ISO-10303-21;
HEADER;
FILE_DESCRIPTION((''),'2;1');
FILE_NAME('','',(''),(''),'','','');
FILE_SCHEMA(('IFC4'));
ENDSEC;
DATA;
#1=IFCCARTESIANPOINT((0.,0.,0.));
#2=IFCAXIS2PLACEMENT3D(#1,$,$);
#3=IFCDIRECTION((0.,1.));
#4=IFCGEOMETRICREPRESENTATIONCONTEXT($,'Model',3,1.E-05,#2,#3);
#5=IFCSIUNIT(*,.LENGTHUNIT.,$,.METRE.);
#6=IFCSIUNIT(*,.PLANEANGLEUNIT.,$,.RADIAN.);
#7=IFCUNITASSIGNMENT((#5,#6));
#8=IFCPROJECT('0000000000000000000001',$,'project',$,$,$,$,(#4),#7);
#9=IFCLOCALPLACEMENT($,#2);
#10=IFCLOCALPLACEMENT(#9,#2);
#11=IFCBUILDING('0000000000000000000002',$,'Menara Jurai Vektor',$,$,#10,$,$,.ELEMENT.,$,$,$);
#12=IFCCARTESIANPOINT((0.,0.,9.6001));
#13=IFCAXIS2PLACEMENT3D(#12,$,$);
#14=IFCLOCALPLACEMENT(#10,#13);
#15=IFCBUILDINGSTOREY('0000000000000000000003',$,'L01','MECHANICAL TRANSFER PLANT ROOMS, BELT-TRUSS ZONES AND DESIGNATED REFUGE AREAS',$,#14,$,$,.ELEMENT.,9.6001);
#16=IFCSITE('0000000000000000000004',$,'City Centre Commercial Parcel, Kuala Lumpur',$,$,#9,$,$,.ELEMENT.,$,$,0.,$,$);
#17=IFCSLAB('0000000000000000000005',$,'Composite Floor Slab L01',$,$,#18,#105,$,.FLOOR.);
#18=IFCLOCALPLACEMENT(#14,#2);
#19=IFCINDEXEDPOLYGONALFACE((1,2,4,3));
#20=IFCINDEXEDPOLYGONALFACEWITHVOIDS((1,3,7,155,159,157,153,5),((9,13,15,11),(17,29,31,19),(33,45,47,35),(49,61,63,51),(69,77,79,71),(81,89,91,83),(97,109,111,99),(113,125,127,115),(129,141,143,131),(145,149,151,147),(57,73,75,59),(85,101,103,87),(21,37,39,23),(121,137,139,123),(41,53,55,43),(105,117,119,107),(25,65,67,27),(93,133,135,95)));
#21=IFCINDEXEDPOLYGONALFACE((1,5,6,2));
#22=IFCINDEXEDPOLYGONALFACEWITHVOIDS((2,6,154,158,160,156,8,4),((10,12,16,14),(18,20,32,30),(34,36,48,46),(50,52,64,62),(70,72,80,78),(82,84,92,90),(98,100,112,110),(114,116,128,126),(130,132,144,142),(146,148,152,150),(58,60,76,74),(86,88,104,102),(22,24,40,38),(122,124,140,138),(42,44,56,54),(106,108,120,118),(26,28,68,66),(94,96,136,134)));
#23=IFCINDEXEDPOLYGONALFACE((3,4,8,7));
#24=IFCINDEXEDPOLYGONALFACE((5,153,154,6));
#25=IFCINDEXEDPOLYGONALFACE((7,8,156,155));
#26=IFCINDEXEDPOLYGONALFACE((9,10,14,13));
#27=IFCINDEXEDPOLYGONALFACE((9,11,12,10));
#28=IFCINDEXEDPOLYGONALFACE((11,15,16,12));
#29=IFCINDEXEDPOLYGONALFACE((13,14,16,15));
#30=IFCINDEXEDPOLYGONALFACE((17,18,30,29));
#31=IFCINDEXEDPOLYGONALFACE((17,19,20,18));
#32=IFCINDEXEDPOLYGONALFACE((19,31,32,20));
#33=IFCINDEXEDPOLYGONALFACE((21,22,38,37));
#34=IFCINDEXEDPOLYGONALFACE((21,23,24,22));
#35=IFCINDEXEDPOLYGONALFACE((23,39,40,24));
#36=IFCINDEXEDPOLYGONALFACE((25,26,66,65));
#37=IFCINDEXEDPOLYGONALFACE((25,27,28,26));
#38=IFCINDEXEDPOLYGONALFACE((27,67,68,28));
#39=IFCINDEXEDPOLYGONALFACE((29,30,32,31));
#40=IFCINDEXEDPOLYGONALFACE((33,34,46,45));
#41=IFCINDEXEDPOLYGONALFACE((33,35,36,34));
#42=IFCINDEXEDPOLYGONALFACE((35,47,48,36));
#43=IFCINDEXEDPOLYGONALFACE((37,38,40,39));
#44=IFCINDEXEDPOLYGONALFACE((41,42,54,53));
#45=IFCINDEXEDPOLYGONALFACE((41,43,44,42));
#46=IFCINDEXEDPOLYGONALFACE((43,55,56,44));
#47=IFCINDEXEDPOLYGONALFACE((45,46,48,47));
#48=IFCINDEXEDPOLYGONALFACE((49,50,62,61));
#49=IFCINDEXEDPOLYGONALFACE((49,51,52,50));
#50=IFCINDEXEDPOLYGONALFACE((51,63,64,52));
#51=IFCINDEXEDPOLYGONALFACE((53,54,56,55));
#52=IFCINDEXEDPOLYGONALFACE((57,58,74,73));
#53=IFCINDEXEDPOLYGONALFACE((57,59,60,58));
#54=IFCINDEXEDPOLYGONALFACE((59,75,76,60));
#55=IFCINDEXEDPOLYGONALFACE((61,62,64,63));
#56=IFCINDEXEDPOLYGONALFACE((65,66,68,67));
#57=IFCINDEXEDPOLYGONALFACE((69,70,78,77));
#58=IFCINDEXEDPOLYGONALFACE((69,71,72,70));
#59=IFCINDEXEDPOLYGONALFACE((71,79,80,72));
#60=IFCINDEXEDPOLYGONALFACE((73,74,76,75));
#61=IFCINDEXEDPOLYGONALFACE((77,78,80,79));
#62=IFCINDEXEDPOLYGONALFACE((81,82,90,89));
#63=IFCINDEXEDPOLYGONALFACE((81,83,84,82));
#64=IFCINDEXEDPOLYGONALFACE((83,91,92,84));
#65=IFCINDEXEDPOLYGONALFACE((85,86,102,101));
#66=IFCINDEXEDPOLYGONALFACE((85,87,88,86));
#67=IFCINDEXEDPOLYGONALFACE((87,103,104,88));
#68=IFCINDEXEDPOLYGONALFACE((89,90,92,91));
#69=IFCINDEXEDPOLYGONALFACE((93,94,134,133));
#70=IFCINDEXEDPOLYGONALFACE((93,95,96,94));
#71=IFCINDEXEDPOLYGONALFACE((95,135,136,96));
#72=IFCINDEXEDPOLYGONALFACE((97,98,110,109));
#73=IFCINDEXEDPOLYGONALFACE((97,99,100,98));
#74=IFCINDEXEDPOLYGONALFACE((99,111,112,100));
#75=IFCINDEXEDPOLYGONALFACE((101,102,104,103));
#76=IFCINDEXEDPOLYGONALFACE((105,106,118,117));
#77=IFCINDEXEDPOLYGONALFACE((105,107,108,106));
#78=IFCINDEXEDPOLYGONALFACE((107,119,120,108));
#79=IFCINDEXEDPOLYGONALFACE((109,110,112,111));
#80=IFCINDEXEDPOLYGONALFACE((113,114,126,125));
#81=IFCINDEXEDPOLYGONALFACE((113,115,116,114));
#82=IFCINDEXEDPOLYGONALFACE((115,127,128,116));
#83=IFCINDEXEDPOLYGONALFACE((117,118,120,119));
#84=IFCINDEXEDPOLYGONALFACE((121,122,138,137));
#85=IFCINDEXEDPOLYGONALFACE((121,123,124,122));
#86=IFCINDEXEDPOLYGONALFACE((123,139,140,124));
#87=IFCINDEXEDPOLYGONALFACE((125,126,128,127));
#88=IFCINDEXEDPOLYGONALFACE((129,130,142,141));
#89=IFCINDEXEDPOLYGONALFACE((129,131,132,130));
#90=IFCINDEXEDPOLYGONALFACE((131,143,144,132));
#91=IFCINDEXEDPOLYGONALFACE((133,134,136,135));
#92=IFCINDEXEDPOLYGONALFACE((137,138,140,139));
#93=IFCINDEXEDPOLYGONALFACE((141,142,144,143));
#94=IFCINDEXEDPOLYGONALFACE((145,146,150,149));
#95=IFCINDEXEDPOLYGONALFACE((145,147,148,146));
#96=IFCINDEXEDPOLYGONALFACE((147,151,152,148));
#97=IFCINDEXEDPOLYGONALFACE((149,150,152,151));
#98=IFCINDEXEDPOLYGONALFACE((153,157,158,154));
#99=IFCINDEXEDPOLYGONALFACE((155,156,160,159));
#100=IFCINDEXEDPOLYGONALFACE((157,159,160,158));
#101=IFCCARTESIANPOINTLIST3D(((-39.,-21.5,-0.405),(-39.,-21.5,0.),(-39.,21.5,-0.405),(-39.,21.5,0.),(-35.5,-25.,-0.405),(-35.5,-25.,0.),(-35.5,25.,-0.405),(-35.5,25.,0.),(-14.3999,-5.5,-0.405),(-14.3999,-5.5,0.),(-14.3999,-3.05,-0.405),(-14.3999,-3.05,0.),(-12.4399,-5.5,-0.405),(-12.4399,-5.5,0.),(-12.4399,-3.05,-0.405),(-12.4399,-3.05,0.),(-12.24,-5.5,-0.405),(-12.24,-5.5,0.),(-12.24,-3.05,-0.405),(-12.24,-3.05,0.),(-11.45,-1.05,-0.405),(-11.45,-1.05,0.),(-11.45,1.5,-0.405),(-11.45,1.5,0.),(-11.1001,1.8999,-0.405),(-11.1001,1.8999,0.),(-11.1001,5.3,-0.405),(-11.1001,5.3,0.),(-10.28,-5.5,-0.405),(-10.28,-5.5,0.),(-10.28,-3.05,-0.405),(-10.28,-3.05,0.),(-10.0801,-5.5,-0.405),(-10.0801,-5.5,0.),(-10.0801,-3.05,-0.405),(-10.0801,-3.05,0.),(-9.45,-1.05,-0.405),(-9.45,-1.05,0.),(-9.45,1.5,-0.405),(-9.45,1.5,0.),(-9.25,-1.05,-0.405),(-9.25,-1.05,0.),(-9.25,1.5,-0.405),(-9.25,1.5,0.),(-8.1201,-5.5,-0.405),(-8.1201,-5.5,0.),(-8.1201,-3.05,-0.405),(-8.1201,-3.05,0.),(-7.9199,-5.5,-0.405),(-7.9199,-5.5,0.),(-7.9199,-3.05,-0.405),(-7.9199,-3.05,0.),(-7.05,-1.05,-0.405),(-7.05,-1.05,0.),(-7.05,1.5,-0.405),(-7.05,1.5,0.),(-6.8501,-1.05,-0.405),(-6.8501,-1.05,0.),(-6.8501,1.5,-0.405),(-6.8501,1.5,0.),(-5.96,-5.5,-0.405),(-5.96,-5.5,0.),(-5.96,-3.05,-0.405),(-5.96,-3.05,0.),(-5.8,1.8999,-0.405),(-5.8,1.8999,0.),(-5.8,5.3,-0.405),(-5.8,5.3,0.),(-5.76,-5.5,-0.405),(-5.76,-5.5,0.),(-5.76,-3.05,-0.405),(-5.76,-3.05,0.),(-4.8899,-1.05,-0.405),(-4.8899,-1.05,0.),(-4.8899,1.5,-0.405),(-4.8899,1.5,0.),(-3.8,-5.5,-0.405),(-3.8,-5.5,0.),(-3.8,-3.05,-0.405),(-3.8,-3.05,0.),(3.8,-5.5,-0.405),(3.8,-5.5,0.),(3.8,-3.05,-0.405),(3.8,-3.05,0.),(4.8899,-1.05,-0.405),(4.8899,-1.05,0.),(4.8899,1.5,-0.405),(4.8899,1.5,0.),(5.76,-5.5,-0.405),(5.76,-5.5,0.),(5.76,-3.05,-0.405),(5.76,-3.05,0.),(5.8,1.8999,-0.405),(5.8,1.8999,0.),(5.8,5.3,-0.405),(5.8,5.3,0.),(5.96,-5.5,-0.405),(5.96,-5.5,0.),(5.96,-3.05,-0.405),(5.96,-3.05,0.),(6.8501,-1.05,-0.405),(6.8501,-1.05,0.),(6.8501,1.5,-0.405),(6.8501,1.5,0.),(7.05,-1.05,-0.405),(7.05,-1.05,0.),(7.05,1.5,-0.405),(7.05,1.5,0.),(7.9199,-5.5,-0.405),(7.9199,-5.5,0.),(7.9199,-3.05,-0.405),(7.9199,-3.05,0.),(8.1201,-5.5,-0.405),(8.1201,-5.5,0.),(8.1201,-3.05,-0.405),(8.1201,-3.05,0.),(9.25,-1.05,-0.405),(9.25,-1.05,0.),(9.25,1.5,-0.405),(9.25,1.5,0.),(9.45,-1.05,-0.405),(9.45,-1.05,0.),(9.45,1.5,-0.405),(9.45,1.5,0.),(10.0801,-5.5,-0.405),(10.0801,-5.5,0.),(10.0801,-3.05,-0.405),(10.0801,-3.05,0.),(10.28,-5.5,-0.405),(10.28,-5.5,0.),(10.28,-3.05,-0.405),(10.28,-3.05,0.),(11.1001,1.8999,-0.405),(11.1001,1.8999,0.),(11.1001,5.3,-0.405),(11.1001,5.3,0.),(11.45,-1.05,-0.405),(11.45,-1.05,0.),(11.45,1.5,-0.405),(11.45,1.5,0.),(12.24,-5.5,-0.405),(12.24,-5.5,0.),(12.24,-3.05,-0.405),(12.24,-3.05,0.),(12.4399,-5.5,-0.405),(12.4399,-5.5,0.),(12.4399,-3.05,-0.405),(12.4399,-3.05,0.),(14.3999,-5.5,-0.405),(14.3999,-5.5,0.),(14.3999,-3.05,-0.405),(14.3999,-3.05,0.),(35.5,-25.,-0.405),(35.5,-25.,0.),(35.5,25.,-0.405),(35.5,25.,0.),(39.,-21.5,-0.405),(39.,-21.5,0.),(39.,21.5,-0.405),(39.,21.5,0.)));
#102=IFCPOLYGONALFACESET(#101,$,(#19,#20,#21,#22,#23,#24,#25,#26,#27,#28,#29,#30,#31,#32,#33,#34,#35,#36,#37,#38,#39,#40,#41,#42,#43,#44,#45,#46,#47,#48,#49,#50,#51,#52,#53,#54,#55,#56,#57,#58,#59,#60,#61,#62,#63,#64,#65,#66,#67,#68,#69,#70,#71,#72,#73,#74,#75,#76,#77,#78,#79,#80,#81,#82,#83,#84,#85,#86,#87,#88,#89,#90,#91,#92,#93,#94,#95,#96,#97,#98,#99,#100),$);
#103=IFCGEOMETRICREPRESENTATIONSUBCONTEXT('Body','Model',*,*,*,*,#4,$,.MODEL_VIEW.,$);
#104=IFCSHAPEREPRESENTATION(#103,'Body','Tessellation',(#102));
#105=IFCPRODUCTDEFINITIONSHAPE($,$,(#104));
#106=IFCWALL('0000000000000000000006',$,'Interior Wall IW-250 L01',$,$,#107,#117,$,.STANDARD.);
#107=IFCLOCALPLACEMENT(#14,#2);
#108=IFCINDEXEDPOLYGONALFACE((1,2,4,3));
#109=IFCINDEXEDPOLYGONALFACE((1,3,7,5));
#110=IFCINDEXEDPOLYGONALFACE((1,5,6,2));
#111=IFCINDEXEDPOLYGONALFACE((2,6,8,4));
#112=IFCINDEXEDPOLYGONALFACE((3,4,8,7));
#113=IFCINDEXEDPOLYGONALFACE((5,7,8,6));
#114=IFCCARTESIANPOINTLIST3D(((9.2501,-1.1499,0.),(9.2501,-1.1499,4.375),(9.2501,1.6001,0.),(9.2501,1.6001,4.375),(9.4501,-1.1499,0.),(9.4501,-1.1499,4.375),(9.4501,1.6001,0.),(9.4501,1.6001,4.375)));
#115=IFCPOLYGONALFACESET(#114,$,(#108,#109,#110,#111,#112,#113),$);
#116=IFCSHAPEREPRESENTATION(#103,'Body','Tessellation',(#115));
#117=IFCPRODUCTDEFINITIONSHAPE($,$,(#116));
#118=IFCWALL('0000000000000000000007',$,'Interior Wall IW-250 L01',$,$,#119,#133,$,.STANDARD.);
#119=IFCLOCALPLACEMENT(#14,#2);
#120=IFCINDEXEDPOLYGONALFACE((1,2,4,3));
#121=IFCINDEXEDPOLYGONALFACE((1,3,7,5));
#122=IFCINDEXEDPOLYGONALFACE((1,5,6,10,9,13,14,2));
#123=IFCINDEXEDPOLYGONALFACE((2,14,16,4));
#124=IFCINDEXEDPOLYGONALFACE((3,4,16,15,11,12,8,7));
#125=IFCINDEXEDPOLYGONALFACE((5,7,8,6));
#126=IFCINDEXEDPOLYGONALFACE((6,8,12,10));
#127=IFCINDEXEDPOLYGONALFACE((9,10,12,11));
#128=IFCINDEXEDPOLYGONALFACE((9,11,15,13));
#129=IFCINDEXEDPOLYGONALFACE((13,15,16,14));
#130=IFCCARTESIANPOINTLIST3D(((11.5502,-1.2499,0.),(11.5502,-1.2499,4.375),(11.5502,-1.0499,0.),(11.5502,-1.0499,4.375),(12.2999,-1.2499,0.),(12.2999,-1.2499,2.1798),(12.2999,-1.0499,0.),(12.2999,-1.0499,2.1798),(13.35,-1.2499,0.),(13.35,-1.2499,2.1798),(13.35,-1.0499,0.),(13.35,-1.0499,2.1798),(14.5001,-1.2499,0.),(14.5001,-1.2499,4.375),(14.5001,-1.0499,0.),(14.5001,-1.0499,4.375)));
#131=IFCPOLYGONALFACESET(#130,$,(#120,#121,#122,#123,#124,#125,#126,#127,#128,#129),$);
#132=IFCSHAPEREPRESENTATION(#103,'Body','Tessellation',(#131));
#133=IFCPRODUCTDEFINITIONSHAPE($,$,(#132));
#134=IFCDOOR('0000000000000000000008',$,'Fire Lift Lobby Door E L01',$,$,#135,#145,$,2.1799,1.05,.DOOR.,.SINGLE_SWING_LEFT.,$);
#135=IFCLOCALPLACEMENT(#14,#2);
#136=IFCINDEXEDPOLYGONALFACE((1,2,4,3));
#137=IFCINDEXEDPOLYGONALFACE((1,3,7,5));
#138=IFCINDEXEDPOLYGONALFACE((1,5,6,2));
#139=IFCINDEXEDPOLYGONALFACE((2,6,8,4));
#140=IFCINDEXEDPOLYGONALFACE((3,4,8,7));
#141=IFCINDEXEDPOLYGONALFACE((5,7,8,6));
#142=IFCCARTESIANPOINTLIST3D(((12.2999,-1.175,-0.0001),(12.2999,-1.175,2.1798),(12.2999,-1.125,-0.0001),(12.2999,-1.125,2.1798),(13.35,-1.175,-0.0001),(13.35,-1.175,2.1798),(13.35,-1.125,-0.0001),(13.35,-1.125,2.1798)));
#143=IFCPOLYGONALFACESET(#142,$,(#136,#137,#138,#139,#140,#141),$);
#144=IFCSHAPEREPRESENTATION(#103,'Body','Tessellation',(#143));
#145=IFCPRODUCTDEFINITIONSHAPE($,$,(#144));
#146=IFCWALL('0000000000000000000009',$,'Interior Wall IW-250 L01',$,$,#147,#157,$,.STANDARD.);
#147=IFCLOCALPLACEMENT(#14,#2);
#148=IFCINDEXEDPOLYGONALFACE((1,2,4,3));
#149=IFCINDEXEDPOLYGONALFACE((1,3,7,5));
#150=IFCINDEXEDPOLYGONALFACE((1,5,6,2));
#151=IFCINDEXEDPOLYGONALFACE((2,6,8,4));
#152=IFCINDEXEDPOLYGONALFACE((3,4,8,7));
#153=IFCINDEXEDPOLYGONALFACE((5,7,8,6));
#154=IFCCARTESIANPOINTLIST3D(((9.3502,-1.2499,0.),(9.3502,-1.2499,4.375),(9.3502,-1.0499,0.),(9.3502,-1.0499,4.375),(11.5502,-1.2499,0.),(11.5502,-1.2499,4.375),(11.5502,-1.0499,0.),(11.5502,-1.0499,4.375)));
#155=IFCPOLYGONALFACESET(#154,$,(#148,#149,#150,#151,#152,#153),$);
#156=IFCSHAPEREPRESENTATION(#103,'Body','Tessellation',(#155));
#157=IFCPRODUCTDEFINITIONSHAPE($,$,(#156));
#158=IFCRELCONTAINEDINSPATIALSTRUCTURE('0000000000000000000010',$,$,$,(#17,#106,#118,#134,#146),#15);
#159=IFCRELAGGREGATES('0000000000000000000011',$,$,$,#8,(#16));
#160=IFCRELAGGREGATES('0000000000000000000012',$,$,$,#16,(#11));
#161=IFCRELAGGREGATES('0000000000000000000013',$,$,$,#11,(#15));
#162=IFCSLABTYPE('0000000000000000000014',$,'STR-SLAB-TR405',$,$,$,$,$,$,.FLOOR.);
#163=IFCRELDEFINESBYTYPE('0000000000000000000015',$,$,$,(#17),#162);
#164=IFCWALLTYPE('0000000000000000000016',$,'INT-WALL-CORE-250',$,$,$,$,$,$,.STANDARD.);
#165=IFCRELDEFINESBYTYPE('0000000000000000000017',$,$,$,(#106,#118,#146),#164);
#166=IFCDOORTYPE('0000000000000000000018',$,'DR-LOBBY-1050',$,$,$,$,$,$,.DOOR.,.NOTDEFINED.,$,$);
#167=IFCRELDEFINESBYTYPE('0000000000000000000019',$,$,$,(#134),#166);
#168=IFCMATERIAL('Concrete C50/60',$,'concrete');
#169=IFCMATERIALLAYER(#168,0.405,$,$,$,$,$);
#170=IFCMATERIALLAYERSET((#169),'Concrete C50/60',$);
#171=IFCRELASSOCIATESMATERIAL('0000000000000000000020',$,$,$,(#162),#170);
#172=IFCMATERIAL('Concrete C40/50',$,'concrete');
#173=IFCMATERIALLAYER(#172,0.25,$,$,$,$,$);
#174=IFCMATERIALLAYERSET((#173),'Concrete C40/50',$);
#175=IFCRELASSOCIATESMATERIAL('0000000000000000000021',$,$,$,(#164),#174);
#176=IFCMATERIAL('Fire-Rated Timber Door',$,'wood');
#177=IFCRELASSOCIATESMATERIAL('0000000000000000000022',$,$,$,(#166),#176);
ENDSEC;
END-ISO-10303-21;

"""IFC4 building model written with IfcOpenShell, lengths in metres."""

from ifc_helpers import new_model, si_unit, direction, frame, frame_2d, origin, place, context, subcontext, project, spatial, polyline, rectangle, outline, extrude, material, layer, layer_set, type_object, element, fill, save


model = new_model("IFC4")

# Units and contexts
model_context = context("Model", 3, precision=1e-05, world=origin(), true_north=direction((0.0, 1.0)))
body_context = subcontext(model_context, "Body", "Model", "MODEL_VIEW")
ifc_project = project(units=[si_unit("LENGTHUNIT", "METRE"), si_unit("PLANEANGLEUNIT", "RADIAN")], contexts=[model_context])

# Site, building, storey
site_placement = place(None, origin())
site = spatial("IfcSite", under=ifc_project, at=site_placement, Name="City Centre Commercial Parcel, Kuala Lumpur", CompositionType="ELEMENT", RefElevation=0.0)
building_placement = place(site_placement, origin())
building = spatial("IfcBuilding", under=site, at=building_placement, Name="Menara Jurai Vektor", CompositionType="ELEMENT")
storey_placement = place(building_placement, frame((0.0, 0.0, 9.6001)))
storey = spatial("IfcBuildingStorey", under=building, at=storey_placement, Name="L01", Description="MECHANICAL TRANSFER PLANT ROOMS, BELT-TRUSS ZONES AND DESIGNATED REFUGE AREAS", CompositionType="ELEMENT", Elevation=9.6001)

# Shared definitions
ifc_material_1 = material(Name="Concrete C40/50", Category="concrete")

# Slab
ifc_material_2 = material(Name="Concrete C50/60", Category="concrete")
ifc_layer_1 = layer(ifc_material_2, 0.405)
ifc_layer_set_1 = layer_set([ifc_layer_1], Name="Concrete C50/60")
slab_type_1 = type_object("IfcSlabType", Name="STR-SLAB-TR405", PredefinedType="FLOOR", material=ifc_layer_set_1)
slab_1_placement = place(storey_placement, frame((0.0, 0.0, -0.405)))
element("IfcSlab", 1, at=slab_1_placement, inside=storey, type_object=slab_type_1, Name="Composite Floor Slab L01", PredefinedType="FLOOR", context=body_context, shape_type="SweptSolid", body=[
    extrude(outline(polyline([(-35.5, -25.0), (35.5, -25.0), (39.0, -21.5), (39.0, 21.5), (35.5, 25.0), (-35.5, 25.0), (-39.0, 21.5), (-39.0, -21.5), (-35.5, -25.0)]), holes=[polyline([(-11.1001, 1.8999), (-11.1001, 5.3), (-5.8, 5.3), (-5.8, 1.8999), (-11.1001, 1.8999)]), polyline([(5.8, 1.8999), (5.8, 5.3), (11.1001, 5.3), (11.1001, 1.8999), (5.8, 1.8999)]), polyline([(-11.45, -1.05), (-11.45, 1.5), (-9.45, 1.5), (-9.45, -1.05), (-11.45, -1.05)]), polyline([(9.45, -1.05), (9.45, 1.5), (11.45, 1.5), (11.45, -1.05), (9.45, -1.05)]), polyline([(-5.76, -5.5), (-5.76, -3.05), (-3.8, -3.05), (-3.8, -5.5), (-5.76, -5.5)]), polyline([(-6.8501, -1.05), (-6.8501, 1.5), (-4.8899, 1.5), (-4.8899, -1.05), (-6.8501, -1.05)]), polyline([(3.8, -5.5), (3.8, -3.05), (5.76, -3.05), (5.76, -5.5), (3.8, -5.5)]), polyline([(4.8899, -1.05), (4.8899, 1.5), (6.8501, 1.5), (6.8501, -1.05), (4.8899, -1.05)]), polyline([(-14.3999, -5.5), (-14.3999, -3.05), (-12.4399, -3.05), (-12.4399, -5.5), (-14.3999, -5.5)]), polyline([(-12.24, -5.5), (-12.24, -3.05), (-10.28, -3.05), (-10.28, -5.5), (-12.24, -5.5)]), polyline([(10.28, -5.5), (10.28, -3.05), (12.24, -3.05), (12.24, -5.5), (10.28, -5.5)]), polyline([(12.4399, -5.5), (12.4399, -3.05), (14.3999, -3.05), (14.3999, -5.5), (12.4399, -5.5)]), polyline([(-10.0801, -5.5), (-10.0801, -3.05), (-8.1201, -3.05), (-8.1201, -5.5), (-10.0801, -5.5)]), polyline([(-7.9199, -5.5), (-7.9199, -3.05), (-5.96, -3.05), (-5.96, -5.5), (-7.9199, -5.5)]), polyline([(5.96, -5.5), (5.96, -3.05), (7.9199, -3.05), (7.9199, -5.5), (5.96, -5.5)]), polyline([(8.1201, -5.5), (8.1201, -3.05), (10.0801, -3.05), (10.0801, -5.5), (8.1201, -5.5)]), polyline([(-9.25, -1.05), (-9.25, 1.5), (-7.05, 1.5), (-7.05, -1.05), (-9.25, -1.05)]), polyline([(7.05, -1.05), (7.05, 1.5), (9.25, 1.5), (9.25, -1.05), (7.05, -1.05)])]), origin(), (0.0, 0.0, 1.0), 0.405),
])

# Shared definitions
ifc_layer_2 = layer(ifc_material_1, 0.25)
ifc_layer_set_2 = layer_set([ifc_layer_2], Name="Concrete C40/50")
wall_type_1 = type_object("IfcWallType", Name="INT-WALL-CORE-250", PredefinedType="STANDARD", material=ifc_layer_set_2)

# Wall
wall_1_placement = place(storey_placement, frame((9.3501, -1.1499, 0.0), z_axis=(0.0, 0.0, 1.0), x_axis=(0.0, 1.0, 0.0)))
element("IfcWall", 2, at=wall_1_placement, inside=storey, type_object=wall_type_1, Name="Interior Wall IW-250 L01", PredefinedType="STANDARD", context=body_context, shape_type="SweptSolid", body=[
    extrude(rectangle(XDim=2.75, YDim=0.2, at=frame_2d((1.375, 0.0))), origin(), (0.0, 0.0, 1.0), 4.375),
])

# Wall, opening, door
wall_2_placement = place(storey_placement, frame((11.55, -1.1499, 0.0), z_axis=(0.0, 0.0, 1.0), x_axis=(1.0, 0.0, 0.0)))
wall_2 = element("IfcWall", 3, at=wall_2_placement, inside=storey, type_object=wall_type_1, Name="Interior Wall IW-250 L01", PredefinedType="STANDARD", context=body_context, shape_type="SweptSolid", body=[
    extrude(rectangle(XDim=2.95, YDim=0.2, at=frame_2d((1.4751, 0.0))), origin(), (0.0, 0.0, 1.0), 4.375),
])
opening_1_placement = place(wall_2_placement, frame((0.75, 0.0, 0.0)))
opening_1 = element("IfcOpeningElement", 4, at=opening_1_placement, cuts=wall_2, PredefinedType="OPENING", context=body_context, shape_type="SweptSolid", body=[
    extrude(rectangle(XDim=1.05, YDim=2.1799, at=frame_2d((0.5249, 1.0898))), frame((0.0, 0.1099, 0.0), z_axis=(0.0, -1.0, 0.0), x_axis=(1.0, 0.0, 0.0)), (0.0, 0.0, 1.0), 0.22),
])
ifc_material_3 = material(Name="Fire-Rated Timber Door", Category="wood")
door_type_1 = type_object("IfcDoorType", Name="DR-LOBBY-1050", OperationType="NOTDEFINED", PredefinedType="DOOR", material=ifc_material_3)
door_1_placement = place(opening_1_placement, origin())
door_1 = element("IfcDoor", 5, at=door_1_placement, inside=storey, type_object=door_type_1, Name="Fire Lift Lobby Door E L01", OperationType="SINGLE_SWING_LEFT", OverallHeight=2.1799, OverallWidth=1.05, PredefinedType="DOOR", context=body_context, shape_type="SweptSolid", body=[
    extrude(rectangle(XDim=1.05, YDim=2.1799, at=frame_2d((0.5249, 1.0898))), frame((0.0, 0.0249, 0.0), z_axis=(0.0, -1.0, 0.0), x_axis=(1.0, 0.0, 0.0)), (0.0, 0.0, 1.0), 0.05),
])
fill(opening_1, door_1)

# Wall
wall_3_placement = place(storey_placement, frame((9.3501, -1.1499, 0.0), z_axis=(0.0, 0.0, 1.0), x_axis=(1.0, 0.0, 0.0)))
element("IfcWall", 6, at=wall_3_placement, inside=storey, type_object=wall_type_1, Name="Interior Wall IW-250 L01", PredefinedType="STANDARD", context=body_context, shape_type="SweptSolid", body=[
    extrude(rectangle(XDim=2.2, YDim=0.2, at=frame_2d((1.1001, 0.0))), origin(), (0.0, 0.0, 1.0), 4.375),
])

save(model, "model.ifc")
